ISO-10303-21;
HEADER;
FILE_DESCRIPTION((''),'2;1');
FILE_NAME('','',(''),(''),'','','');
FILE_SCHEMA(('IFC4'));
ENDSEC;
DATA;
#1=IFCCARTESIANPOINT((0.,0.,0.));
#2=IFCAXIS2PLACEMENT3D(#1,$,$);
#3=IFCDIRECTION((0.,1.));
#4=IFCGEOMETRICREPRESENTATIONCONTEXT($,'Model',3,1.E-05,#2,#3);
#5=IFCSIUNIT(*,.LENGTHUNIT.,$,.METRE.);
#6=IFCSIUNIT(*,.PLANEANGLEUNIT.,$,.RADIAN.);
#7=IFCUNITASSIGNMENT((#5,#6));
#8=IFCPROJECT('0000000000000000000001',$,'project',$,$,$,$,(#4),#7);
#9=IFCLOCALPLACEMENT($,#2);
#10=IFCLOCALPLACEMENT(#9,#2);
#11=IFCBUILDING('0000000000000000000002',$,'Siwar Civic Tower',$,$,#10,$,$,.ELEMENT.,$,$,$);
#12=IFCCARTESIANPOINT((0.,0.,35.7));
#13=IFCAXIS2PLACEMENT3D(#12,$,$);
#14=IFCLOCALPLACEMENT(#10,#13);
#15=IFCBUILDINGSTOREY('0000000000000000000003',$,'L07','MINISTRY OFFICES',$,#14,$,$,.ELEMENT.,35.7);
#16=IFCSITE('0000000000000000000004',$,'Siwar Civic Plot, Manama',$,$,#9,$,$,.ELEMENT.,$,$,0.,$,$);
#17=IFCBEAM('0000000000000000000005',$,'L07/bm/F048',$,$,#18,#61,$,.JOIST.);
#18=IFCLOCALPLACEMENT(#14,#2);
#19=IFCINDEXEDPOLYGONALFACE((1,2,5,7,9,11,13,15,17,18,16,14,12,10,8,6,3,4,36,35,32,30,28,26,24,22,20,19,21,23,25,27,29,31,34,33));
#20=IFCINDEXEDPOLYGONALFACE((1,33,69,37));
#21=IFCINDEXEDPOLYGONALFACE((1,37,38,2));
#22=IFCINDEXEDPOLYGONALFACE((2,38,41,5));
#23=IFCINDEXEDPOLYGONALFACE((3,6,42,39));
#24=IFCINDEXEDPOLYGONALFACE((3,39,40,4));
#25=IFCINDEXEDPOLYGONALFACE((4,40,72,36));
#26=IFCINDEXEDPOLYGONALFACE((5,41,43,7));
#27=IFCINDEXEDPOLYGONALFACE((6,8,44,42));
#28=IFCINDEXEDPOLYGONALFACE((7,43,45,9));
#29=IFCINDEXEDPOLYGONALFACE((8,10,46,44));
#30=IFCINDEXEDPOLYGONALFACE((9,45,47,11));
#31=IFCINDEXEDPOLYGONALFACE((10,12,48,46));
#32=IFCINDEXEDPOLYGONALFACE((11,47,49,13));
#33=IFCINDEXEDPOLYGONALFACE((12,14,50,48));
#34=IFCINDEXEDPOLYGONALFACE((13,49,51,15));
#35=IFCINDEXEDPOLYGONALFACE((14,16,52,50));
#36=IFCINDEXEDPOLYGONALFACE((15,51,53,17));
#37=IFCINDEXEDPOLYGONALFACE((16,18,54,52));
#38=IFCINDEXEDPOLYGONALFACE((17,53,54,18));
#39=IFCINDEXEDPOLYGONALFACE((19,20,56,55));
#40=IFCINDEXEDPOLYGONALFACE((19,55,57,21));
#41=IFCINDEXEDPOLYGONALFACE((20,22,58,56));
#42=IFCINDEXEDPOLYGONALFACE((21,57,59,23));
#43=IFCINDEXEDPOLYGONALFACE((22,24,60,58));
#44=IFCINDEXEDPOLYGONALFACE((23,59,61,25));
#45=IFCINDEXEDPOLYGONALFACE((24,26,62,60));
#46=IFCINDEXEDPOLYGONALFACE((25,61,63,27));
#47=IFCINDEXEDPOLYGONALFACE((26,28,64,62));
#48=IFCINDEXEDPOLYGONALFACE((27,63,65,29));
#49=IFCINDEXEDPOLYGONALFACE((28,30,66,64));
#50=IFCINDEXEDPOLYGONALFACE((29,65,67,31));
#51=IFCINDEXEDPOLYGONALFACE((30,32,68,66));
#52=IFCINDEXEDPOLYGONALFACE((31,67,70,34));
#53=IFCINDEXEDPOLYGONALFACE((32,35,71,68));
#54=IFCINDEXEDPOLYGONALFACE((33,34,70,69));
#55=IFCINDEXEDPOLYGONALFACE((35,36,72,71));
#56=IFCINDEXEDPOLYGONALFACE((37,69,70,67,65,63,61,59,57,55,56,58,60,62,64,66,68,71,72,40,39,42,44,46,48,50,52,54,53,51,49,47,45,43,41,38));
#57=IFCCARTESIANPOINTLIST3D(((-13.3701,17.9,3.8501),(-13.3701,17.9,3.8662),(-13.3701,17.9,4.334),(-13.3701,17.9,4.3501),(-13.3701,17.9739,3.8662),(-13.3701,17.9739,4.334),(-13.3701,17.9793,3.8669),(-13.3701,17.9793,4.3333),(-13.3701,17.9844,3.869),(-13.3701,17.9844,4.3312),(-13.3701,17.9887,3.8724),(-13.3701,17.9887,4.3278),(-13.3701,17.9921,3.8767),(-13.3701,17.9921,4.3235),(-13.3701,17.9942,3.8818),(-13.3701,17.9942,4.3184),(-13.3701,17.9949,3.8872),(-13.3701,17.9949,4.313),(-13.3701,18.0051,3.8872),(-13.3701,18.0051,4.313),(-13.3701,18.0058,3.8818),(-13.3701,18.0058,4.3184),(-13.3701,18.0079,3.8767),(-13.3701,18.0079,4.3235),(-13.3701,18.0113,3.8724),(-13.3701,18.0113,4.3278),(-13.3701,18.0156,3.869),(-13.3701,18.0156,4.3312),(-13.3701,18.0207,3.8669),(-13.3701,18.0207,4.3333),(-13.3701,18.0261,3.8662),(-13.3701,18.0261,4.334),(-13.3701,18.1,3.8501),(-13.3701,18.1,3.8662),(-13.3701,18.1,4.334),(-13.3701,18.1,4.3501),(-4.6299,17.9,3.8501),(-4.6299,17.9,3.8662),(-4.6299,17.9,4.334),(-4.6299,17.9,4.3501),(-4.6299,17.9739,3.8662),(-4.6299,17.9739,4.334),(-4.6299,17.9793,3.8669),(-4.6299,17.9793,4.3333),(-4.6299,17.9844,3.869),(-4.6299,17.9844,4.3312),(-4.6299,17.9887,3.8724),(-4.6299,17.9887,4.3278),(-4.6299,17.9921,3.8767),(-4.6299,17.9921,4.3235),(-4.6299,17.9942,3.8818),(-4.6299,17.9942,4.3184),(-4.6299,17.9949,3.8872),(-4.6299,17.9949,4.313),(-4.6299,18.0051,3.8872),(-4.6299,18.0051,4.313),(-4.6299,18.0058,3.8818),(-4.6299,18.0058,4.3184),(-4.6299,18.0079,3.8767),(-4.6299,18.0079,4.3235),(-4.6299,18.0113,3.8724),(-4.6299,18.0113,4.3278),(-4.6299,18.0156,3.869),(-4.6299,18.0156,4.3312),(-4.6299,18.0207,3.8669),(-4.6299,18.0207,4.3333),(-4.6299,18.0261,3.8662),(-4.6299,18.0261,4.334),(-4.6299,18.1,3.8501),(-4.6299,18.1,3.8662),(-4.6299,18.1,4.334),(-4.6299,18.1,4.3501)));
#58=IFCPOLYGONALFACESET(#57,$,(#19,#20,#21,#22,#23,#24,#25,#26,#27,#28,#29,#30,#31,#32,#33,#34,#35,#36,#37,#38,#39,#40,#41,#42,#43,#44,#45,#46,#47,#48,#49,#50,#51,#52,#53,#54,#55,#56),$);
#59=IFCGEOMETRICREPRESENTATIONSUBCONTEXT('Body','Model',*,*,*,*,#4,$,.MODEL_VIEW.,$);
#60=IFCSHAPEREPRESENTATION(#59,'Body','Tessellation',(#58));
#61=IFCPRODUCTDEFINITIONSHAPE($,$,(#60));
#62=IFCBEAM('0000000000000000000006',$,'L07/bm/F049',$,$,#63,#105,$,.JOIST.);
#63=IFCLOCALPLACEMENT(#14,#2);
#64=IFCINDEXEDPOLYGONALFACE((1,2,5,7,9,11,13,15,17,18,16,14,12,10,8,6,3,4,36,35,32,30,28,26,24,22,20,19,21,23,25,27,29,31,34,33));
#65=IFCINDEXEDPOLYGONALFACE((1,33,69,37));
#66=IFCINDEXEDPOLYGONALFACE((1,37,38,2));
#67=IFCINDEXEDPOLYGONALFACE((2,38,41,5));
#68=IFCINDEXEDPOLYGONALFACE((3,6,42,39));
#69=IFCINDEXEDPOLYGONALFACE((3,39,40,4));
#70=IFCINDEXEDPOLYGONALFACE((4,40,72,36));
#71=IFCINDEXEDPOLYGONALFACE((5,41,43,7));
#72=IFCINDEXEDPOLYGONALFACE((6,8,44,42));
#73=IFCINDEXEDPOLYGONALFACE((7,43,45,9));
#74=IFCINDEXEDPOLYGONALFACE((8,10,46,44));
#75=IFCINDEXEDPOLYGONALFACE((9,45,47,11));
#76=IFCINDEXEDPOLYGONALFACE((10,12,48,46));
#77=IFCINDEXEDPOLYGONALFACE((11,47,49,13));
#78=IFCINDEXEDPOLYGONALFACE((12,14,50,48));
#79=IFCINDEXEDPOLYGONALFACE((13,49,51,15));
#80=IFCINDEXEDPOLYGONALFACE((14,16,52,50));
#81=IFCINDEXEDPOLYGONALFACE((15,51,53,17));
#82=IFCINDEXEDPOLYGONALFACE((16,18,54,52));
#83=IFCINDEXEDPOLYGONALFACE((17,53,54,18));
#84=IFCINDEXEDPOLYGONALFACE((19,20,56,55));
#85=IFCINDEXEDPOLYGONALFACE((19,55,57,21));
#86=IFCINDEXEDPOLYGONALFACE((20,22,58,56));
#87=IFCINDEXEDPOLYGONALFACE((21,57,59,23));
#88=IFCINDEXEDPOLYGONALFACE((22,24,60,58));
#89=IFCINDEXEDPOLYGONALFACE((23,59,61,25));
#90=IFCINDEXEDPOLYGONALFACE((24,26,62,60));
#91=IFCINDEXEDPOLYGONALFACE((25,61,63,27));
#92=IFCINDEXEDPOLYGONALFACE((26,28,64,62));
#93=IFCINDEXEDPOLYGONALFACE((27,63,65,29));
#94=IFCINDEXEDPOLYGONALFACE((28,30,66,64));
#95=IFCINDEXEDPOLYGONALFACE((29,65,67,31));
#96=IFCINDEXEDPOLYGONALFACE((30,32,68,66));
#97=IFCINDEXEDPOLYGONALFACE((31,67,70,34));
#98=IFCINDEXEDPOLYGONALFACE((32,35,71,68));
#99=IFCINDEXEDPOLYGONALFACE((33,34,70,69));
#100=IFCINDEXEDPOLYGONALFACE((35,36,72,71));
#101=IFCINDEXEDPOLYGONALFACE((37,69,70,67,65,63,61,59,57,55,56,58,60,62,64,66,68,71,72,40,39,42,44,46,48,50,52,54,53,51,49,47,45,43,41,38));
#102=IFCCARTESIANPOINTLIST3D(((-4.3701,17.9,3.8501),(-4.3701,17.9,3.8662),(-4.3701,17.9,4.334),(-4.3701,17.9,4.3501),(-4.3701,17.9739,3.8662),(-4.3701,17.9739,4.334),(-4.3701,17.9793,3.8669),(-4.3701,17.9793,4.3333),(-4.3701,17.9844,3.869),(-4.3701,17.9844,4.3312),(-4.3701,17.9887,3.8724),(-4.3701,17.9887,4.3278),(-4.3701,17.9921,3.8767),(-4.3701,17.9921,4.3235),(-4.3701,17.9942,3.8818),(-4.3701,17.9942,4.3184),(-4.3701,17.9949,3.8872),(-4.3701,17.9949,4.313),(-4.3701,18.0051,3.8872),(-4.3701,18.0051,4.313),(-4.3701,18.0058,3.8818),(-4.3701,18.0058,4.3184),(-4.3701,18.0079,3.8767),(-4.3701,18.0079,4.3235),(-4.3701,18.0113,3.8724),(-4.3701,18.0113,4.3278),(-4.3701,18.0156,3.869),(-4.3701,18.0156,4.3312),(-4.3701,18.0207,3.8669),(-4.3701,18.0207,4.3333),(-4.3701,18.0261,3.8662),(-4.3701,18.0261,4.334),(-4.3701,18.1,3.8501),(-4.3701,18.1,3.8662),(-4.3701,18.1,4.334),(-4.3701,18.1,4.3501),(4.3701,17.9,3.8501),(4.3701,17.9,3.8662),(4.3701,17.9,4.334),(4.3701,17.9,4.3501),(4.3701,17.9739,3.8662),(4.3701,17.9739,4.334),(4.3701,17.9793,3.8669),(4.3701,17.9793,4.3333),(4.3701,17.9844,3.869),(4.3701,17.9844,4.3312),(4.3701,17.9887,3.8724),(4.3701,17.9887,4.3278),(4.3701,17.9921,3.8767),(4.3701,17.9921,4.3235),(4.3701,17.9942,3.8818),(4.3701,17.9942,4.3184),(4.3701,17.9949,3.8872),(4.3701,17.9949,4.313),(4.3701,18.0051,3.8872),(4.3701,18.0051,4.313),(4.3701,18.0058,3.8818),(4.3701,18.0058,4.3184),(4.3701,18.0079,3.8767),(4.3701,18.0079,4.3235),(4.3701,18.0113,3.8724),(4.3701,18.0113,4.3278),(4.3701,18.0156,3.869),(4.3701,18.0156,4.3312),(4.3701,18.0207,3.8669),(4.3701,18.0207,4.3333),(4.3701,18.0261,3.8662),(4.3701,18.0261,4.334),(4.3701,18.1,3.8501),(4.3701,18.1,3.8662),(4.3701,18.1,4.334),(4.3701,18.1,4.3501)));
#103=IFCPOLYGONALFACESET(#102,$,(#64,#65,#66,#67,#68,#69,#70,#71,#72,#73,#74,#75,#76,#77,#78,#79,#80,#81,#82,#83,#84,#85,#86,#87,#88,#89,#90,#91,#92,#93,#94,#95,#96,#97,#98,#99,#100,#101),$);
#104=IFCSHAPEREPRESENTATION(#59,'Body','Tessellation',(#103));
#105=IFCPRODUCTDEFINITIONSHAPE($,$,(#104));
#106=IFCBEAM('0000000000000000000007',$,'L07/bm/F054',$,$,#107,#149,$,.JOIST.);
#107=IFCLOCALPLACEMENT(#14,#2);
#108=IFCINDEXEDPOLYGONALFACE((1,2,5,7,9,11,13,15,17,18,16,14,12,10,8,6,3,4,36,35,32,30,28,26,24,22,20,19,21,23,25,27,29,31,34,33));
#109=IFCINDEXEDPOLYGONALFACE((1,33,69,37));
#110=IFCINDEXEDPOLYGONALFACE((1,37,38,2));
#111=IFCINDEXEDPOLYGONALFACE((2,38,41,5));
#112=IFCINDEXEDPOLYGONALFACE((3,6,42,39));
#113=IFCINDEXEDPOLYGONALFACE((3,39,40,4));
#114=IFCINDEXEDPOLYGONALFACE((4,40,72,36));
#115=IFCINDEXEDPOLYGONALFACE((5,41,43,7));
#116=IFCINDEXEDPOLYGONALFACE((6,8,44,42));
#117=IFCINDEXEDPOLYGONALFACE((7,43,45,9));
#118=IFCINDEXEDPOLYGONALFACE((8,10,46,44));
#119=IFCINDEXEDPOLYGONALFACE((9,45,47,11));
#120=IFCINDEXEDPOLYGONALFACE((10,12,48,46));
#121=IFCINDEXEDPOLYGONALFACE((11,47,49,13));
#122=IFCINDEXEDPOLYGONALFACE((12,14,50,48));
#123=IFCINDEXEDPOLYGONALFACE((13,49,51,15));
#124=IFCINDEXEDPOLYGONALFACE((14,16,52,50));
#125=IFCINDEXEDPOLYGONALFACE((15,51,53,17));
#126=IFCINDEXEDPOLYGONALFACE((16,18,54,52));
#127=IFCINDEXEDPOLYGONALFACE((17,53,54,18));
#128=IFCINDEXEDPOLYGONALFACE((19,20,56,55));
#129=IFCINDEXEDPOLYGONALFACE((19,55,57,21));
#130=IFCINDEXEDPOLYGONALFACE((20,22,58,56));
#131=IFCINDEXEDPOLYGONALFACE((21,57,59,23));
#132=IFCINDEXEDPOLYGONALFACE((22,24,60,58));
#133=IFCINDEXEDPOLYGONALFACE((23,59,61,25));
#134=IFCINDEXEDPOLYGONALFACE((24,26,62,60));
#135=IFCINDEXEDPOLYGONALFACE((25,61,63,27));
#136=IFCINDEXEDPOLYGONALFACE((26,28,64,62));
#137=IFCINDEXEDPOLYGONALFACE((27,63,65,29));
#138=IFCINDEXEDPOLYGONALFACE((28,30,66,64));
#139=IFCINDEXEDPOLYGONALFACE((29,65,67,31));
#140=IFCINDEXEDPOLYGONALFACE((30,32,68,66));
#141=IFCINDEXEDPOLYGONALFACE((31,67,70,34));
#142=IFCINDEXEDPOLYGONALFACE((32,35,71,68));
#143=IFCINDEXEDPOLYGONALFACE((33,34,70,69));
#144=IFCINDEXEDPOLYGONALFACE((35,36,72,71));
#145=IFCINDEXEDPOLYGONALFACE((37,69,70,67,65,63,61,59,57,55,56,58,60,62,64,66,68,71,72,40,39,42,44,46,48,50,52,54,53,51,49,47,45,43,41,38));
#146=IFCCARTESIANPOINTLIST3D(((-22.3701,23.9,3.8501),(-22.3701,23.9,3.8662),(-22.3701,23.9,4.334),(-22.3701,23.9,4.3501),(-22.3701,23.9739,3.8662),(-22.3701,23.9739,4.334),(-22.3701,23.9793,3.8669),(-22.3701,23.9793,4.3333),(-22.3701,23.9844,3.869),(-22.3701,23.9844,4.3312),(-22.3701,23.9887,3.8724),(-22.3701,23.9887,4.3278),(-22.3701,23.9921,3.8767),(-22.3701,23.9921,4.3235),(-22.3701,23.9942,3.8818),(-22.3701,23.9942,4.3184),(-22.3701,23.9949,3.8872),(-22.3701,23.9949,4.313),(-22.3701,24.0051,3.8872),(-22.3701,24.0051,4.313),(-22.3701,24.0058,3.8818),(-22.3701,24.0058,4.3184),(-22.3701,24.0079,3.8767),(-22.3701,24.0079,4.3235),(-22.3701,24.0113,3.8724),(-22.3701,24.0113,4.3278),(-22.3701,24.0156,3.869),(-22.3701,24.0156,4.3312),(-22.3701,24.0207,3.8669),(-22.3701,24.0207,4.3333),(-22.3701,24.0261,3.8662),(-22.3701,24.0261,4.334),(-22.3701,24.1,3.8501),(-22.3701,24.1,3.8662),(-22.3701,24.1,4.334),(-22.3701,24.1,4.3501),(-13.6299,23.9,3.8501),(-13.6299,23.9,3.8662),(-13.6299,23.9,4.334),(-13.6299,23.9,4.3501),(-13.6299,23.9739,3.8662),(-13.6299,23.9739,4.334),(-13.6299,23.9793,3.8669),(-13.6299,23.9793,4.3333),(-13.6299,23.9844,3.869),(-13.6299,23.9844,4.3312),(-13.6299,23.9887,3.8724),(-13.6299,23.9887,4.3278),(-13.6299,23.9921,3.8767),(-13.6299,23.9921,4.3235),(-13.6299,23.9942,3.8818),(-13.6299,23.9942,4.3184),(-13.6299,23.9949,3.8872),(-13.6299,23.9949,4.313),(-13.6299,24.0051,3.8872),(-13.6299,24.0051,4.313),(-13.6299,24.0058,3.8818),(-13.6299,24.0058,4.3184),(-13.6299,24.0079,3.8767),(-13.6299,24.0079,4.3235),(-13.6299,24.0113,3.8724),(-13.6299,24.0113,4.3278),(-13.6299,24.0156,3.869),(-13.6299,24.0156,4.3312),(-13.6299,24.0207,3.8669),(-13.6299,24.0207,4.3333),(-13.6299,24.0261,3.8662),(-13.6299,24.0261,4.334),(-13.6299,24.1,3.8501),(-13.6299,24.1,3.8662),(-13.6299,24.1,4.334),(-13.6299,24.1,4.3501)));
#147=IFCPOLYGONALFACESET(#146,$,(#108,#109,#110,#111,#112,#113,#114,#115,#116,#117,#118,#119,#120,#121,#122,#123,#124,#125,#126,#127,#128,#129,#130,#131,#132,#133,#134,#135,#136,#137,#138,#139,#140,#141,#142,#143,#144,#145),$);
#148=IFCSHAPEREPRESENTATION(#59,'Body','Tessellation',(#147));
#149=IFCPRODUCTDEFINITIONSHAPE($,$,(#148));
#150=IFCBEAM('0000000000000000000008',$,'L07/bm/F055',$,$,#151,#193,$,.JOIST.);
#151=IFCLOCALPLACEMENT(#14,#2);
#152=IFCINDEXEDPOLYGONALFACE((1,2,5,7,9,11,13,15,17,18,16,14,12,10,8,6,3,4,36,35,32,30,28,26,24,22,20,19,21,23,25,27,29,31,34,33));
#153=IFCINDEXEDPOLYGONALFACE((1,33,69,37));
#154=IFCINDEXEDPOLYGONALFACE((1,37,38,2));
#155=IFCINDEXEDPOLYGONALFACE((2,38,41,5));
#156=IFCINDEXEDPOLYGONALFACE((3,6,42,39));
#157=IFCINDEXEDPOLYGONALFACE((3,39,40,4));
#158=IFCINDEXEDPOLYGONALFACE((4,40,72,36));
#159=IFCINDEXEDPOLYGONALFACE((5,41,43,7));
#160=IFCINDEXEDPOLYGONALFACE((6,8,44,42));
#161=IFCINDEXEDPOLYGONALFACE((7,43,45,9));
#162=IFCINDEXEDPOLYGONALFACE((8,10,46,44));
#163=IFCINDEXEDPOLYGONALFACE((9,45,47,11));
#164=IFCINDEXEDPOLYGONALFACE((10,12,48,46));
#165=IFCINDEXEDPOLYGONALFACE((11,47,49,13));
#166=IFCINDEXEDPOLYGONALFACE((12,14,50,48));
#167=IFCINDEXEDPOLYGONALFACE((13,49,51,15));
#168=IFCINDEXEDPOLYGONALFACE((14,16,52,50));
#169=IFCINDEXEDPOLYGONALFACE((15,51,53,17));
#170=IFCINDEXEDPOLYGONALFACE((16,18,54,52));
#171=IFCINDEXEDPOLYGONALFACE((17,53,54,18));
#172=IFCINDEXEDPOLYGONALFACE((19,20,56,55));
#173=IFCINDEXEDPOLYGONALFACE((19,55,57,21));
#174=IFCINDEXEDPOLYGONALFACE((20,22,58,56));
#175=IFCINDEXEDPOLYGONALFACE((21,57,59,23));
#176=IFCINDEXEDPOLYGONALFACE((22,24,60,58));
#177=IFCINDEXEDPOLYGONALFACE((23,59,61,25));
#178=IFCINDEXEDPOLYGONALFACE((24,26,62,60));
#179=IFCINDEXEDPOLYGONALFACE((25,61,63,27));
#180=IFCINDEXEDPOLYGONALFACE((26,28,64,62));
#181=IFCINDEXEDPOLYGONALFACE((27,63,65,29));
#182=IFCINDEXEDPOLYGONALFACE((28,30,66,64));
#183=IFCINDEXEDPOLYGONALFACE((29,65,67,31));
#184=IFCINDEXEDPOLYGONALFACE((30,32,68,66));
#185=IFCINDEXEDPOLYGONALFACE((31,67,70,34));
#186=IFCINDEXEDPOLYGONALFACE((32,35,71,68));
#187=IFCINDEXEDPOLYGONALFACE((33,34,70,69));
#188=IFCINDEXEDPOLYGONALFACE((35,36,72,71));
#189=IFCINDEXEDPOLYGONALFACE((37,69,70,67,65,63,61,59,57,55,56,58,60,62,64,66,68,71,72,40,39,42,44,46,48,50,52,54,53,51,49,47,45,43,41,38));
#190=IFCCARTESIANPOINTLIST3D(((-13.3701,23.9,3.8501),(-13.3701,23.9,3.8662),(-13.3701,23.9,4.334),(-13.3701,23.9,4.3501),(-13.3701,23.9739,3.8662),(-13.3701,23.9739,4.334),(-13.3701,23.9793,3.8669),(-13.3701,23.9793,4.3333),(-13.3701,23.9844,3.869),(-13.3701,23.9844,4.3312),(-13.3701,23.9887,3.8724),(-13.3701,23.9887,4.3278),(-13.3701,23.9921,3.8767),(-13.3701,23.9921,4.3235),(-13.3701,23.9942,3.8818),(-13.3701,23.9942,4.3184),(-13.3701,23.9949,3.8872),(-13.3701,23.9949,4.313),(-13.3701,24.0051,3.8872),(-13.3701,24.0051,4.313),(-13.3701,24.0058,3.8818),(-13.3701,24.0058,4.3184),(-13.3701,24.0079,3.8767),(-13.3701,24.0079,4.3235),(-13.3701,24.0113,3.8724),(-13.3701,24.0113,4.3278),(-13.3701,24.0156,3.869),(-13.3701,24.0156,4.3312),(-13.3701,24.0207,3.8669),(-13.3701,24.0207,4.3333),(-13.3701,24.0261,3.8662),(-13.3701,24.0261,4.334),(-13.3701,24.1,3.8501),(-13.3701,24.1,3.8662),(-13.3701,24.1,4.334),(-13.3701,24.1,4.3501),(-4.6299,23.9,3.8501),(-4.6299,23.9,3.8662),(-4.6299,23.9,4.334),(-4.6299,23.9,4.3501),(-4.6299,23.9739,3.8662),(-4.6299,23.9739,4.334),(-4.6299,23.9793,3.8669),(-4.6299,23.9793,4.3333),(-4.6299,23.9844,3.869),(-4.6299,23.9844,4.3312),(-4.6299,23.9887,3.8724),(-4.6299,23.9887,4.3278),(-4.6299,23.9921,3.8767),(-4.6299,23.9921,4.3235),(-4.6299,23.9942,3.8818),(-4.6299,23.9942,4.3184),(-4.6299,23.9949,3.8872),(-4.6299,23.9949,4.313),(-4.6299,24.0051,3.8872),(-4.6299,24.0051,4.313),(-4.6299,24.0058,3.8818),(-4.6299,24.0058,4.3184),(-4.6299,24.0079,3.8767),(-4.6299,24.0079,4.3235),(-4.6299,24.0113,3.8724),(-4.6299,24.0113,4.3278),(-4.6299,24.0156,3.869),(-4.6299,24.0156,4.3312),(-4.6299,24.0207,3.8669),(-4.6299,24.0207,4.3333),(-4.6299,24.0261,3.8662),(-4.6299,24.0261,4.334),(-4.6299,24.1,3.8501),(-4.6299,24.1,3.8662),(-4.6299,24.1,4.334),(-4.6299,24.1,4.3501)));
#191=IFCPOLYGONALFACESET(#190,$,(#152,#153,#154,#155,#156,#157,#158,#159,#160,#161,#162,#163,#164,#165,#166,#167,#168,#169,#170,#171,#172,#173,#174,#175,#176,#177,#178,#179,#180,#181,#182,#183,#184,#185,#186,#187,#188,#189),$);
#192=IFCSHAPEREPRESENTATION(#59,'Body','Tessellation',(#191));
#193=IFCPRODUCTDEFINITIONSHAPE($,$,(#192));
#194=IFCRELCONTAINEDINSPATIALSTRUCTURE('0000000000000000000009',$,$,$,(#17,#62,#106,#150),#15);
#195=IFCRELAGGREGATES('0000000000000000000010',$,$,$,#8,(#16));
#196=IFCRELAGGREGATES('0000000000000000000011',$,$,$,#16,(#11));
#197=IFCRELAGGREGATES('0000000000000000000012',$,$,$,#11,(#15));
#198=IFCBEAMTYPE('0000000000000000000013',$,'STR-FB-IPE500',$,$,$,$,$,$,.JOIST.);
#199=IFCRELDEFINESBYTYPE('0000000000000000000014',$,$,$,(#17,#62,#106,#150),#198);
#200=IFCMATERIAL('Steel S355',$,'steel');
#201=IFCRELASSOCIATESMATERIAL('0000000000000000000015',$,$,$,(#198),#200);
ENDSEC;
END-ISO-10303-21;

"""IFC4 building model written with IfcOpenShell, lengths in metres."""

from ifc_helpers import new_model, si_unit, direction, frame, origin, origin_2d, place, context, subcontext, project, spatial, i_section, extrude, material, material_profile, profile_set, type_object, element, save


model = new_model("IFC4")

# Units and contexts
model_context = context("Model", 3, precision=1e-05, world=origin(), true_north=direction((0.0, 1.0)))
body_context = subcontext(model_context, "Body", "Model", "MODEL_VIEW")
ifc_project = project(units=[si_unit("LENGTHUNIT", "METRE"), si_unit("PLANEANGLEUNIT", "RADIAN")], contexts=[model_context])

# Site, building, storey
site_placement = place(None, origin())
site = spatial("IfcSite", under=ifc_project, at=site_placement, Name="Siwar Civic Plot, Manama", CompositionType="ELEMENT", RefElevation=0.0)
building_placement = place(site_placement, origin())
building = spatial("IfcBuilding", under=site, at=building_placement, Name="Siwar Civic Tower", CompositionType="ELEMENT")
storey_placement = place(building_placement, frame((0.0, 0.0, 35.7)))
storey = spatial("IfcBuildingStorey", under=building, at=storey_placement, Name="L07", Description="MINISTRY OFFICES", CompositionType="ELEMENT", Elevation=35.7)

# Beams
ifc_material_1 = material(Name="Steel S355", Category="steel")
ifc_material_profile_1 = material_profile(ifc_material_1, i_section(OverallWidth=0.2, OverallDepth=0.5, WebThickness=0.0103, FlangeThickness=0.0161, FilletRadius=0.021, at=origin_2d()), Name="IPE500")
ifc_profile_set_1 = profile_set([ifc_material_profile_1], Name="Steel S355")
beam_type_1 = type_object("IfcBeamType", Name="STR-FB-IPE500", PredefinedType="JOIST", material=ifc_profile_set_1)
for number, where, z_axis, x_axis, name in (
    (1, (-13.3701, 18.0, 4.1001), (1.0, 0.0, 0.0), (0.0, 1.0, 0.0), "L07/bm/F048"),
    (2, (-4.3701, 18.0, 4.1001), (1.0, 0.0, 0.0), (0.0, 1.0, 0.0), "L07/bm/F049"),
    (3, (-22.3701, 24.0, 4.1001), (1.0, 0.0, 0.0), (0.0, 1.0, 0.0), "L07/bm/F054"),
    (4, (-13.3701, 24.0, 4.1001), (1.0, 0.0, 0.0), (0.0, 1.0, 0.0), "L07/bm/F055"),
):
    element("IfcBeam", number, at=place(storey_placement, frame(where, z_axis=z_axis, x_axis=x_axis)), inside=storey, type_object=beam_type_1, Name=name, PredefinedType="JOIST", context=body_context, shape_type="SweptSolid", body=[
        extrude(i_section(OverallWidth=0.2, OverallDepth=0.5, WebThickness=0.0103, FlangeThickness=0.0161, FilletRadius=0.021, at=origin_2d()), origin(), (0.0, 0.0, 1.0), 8.7402),
    ])

save(model, "model.ifc")
